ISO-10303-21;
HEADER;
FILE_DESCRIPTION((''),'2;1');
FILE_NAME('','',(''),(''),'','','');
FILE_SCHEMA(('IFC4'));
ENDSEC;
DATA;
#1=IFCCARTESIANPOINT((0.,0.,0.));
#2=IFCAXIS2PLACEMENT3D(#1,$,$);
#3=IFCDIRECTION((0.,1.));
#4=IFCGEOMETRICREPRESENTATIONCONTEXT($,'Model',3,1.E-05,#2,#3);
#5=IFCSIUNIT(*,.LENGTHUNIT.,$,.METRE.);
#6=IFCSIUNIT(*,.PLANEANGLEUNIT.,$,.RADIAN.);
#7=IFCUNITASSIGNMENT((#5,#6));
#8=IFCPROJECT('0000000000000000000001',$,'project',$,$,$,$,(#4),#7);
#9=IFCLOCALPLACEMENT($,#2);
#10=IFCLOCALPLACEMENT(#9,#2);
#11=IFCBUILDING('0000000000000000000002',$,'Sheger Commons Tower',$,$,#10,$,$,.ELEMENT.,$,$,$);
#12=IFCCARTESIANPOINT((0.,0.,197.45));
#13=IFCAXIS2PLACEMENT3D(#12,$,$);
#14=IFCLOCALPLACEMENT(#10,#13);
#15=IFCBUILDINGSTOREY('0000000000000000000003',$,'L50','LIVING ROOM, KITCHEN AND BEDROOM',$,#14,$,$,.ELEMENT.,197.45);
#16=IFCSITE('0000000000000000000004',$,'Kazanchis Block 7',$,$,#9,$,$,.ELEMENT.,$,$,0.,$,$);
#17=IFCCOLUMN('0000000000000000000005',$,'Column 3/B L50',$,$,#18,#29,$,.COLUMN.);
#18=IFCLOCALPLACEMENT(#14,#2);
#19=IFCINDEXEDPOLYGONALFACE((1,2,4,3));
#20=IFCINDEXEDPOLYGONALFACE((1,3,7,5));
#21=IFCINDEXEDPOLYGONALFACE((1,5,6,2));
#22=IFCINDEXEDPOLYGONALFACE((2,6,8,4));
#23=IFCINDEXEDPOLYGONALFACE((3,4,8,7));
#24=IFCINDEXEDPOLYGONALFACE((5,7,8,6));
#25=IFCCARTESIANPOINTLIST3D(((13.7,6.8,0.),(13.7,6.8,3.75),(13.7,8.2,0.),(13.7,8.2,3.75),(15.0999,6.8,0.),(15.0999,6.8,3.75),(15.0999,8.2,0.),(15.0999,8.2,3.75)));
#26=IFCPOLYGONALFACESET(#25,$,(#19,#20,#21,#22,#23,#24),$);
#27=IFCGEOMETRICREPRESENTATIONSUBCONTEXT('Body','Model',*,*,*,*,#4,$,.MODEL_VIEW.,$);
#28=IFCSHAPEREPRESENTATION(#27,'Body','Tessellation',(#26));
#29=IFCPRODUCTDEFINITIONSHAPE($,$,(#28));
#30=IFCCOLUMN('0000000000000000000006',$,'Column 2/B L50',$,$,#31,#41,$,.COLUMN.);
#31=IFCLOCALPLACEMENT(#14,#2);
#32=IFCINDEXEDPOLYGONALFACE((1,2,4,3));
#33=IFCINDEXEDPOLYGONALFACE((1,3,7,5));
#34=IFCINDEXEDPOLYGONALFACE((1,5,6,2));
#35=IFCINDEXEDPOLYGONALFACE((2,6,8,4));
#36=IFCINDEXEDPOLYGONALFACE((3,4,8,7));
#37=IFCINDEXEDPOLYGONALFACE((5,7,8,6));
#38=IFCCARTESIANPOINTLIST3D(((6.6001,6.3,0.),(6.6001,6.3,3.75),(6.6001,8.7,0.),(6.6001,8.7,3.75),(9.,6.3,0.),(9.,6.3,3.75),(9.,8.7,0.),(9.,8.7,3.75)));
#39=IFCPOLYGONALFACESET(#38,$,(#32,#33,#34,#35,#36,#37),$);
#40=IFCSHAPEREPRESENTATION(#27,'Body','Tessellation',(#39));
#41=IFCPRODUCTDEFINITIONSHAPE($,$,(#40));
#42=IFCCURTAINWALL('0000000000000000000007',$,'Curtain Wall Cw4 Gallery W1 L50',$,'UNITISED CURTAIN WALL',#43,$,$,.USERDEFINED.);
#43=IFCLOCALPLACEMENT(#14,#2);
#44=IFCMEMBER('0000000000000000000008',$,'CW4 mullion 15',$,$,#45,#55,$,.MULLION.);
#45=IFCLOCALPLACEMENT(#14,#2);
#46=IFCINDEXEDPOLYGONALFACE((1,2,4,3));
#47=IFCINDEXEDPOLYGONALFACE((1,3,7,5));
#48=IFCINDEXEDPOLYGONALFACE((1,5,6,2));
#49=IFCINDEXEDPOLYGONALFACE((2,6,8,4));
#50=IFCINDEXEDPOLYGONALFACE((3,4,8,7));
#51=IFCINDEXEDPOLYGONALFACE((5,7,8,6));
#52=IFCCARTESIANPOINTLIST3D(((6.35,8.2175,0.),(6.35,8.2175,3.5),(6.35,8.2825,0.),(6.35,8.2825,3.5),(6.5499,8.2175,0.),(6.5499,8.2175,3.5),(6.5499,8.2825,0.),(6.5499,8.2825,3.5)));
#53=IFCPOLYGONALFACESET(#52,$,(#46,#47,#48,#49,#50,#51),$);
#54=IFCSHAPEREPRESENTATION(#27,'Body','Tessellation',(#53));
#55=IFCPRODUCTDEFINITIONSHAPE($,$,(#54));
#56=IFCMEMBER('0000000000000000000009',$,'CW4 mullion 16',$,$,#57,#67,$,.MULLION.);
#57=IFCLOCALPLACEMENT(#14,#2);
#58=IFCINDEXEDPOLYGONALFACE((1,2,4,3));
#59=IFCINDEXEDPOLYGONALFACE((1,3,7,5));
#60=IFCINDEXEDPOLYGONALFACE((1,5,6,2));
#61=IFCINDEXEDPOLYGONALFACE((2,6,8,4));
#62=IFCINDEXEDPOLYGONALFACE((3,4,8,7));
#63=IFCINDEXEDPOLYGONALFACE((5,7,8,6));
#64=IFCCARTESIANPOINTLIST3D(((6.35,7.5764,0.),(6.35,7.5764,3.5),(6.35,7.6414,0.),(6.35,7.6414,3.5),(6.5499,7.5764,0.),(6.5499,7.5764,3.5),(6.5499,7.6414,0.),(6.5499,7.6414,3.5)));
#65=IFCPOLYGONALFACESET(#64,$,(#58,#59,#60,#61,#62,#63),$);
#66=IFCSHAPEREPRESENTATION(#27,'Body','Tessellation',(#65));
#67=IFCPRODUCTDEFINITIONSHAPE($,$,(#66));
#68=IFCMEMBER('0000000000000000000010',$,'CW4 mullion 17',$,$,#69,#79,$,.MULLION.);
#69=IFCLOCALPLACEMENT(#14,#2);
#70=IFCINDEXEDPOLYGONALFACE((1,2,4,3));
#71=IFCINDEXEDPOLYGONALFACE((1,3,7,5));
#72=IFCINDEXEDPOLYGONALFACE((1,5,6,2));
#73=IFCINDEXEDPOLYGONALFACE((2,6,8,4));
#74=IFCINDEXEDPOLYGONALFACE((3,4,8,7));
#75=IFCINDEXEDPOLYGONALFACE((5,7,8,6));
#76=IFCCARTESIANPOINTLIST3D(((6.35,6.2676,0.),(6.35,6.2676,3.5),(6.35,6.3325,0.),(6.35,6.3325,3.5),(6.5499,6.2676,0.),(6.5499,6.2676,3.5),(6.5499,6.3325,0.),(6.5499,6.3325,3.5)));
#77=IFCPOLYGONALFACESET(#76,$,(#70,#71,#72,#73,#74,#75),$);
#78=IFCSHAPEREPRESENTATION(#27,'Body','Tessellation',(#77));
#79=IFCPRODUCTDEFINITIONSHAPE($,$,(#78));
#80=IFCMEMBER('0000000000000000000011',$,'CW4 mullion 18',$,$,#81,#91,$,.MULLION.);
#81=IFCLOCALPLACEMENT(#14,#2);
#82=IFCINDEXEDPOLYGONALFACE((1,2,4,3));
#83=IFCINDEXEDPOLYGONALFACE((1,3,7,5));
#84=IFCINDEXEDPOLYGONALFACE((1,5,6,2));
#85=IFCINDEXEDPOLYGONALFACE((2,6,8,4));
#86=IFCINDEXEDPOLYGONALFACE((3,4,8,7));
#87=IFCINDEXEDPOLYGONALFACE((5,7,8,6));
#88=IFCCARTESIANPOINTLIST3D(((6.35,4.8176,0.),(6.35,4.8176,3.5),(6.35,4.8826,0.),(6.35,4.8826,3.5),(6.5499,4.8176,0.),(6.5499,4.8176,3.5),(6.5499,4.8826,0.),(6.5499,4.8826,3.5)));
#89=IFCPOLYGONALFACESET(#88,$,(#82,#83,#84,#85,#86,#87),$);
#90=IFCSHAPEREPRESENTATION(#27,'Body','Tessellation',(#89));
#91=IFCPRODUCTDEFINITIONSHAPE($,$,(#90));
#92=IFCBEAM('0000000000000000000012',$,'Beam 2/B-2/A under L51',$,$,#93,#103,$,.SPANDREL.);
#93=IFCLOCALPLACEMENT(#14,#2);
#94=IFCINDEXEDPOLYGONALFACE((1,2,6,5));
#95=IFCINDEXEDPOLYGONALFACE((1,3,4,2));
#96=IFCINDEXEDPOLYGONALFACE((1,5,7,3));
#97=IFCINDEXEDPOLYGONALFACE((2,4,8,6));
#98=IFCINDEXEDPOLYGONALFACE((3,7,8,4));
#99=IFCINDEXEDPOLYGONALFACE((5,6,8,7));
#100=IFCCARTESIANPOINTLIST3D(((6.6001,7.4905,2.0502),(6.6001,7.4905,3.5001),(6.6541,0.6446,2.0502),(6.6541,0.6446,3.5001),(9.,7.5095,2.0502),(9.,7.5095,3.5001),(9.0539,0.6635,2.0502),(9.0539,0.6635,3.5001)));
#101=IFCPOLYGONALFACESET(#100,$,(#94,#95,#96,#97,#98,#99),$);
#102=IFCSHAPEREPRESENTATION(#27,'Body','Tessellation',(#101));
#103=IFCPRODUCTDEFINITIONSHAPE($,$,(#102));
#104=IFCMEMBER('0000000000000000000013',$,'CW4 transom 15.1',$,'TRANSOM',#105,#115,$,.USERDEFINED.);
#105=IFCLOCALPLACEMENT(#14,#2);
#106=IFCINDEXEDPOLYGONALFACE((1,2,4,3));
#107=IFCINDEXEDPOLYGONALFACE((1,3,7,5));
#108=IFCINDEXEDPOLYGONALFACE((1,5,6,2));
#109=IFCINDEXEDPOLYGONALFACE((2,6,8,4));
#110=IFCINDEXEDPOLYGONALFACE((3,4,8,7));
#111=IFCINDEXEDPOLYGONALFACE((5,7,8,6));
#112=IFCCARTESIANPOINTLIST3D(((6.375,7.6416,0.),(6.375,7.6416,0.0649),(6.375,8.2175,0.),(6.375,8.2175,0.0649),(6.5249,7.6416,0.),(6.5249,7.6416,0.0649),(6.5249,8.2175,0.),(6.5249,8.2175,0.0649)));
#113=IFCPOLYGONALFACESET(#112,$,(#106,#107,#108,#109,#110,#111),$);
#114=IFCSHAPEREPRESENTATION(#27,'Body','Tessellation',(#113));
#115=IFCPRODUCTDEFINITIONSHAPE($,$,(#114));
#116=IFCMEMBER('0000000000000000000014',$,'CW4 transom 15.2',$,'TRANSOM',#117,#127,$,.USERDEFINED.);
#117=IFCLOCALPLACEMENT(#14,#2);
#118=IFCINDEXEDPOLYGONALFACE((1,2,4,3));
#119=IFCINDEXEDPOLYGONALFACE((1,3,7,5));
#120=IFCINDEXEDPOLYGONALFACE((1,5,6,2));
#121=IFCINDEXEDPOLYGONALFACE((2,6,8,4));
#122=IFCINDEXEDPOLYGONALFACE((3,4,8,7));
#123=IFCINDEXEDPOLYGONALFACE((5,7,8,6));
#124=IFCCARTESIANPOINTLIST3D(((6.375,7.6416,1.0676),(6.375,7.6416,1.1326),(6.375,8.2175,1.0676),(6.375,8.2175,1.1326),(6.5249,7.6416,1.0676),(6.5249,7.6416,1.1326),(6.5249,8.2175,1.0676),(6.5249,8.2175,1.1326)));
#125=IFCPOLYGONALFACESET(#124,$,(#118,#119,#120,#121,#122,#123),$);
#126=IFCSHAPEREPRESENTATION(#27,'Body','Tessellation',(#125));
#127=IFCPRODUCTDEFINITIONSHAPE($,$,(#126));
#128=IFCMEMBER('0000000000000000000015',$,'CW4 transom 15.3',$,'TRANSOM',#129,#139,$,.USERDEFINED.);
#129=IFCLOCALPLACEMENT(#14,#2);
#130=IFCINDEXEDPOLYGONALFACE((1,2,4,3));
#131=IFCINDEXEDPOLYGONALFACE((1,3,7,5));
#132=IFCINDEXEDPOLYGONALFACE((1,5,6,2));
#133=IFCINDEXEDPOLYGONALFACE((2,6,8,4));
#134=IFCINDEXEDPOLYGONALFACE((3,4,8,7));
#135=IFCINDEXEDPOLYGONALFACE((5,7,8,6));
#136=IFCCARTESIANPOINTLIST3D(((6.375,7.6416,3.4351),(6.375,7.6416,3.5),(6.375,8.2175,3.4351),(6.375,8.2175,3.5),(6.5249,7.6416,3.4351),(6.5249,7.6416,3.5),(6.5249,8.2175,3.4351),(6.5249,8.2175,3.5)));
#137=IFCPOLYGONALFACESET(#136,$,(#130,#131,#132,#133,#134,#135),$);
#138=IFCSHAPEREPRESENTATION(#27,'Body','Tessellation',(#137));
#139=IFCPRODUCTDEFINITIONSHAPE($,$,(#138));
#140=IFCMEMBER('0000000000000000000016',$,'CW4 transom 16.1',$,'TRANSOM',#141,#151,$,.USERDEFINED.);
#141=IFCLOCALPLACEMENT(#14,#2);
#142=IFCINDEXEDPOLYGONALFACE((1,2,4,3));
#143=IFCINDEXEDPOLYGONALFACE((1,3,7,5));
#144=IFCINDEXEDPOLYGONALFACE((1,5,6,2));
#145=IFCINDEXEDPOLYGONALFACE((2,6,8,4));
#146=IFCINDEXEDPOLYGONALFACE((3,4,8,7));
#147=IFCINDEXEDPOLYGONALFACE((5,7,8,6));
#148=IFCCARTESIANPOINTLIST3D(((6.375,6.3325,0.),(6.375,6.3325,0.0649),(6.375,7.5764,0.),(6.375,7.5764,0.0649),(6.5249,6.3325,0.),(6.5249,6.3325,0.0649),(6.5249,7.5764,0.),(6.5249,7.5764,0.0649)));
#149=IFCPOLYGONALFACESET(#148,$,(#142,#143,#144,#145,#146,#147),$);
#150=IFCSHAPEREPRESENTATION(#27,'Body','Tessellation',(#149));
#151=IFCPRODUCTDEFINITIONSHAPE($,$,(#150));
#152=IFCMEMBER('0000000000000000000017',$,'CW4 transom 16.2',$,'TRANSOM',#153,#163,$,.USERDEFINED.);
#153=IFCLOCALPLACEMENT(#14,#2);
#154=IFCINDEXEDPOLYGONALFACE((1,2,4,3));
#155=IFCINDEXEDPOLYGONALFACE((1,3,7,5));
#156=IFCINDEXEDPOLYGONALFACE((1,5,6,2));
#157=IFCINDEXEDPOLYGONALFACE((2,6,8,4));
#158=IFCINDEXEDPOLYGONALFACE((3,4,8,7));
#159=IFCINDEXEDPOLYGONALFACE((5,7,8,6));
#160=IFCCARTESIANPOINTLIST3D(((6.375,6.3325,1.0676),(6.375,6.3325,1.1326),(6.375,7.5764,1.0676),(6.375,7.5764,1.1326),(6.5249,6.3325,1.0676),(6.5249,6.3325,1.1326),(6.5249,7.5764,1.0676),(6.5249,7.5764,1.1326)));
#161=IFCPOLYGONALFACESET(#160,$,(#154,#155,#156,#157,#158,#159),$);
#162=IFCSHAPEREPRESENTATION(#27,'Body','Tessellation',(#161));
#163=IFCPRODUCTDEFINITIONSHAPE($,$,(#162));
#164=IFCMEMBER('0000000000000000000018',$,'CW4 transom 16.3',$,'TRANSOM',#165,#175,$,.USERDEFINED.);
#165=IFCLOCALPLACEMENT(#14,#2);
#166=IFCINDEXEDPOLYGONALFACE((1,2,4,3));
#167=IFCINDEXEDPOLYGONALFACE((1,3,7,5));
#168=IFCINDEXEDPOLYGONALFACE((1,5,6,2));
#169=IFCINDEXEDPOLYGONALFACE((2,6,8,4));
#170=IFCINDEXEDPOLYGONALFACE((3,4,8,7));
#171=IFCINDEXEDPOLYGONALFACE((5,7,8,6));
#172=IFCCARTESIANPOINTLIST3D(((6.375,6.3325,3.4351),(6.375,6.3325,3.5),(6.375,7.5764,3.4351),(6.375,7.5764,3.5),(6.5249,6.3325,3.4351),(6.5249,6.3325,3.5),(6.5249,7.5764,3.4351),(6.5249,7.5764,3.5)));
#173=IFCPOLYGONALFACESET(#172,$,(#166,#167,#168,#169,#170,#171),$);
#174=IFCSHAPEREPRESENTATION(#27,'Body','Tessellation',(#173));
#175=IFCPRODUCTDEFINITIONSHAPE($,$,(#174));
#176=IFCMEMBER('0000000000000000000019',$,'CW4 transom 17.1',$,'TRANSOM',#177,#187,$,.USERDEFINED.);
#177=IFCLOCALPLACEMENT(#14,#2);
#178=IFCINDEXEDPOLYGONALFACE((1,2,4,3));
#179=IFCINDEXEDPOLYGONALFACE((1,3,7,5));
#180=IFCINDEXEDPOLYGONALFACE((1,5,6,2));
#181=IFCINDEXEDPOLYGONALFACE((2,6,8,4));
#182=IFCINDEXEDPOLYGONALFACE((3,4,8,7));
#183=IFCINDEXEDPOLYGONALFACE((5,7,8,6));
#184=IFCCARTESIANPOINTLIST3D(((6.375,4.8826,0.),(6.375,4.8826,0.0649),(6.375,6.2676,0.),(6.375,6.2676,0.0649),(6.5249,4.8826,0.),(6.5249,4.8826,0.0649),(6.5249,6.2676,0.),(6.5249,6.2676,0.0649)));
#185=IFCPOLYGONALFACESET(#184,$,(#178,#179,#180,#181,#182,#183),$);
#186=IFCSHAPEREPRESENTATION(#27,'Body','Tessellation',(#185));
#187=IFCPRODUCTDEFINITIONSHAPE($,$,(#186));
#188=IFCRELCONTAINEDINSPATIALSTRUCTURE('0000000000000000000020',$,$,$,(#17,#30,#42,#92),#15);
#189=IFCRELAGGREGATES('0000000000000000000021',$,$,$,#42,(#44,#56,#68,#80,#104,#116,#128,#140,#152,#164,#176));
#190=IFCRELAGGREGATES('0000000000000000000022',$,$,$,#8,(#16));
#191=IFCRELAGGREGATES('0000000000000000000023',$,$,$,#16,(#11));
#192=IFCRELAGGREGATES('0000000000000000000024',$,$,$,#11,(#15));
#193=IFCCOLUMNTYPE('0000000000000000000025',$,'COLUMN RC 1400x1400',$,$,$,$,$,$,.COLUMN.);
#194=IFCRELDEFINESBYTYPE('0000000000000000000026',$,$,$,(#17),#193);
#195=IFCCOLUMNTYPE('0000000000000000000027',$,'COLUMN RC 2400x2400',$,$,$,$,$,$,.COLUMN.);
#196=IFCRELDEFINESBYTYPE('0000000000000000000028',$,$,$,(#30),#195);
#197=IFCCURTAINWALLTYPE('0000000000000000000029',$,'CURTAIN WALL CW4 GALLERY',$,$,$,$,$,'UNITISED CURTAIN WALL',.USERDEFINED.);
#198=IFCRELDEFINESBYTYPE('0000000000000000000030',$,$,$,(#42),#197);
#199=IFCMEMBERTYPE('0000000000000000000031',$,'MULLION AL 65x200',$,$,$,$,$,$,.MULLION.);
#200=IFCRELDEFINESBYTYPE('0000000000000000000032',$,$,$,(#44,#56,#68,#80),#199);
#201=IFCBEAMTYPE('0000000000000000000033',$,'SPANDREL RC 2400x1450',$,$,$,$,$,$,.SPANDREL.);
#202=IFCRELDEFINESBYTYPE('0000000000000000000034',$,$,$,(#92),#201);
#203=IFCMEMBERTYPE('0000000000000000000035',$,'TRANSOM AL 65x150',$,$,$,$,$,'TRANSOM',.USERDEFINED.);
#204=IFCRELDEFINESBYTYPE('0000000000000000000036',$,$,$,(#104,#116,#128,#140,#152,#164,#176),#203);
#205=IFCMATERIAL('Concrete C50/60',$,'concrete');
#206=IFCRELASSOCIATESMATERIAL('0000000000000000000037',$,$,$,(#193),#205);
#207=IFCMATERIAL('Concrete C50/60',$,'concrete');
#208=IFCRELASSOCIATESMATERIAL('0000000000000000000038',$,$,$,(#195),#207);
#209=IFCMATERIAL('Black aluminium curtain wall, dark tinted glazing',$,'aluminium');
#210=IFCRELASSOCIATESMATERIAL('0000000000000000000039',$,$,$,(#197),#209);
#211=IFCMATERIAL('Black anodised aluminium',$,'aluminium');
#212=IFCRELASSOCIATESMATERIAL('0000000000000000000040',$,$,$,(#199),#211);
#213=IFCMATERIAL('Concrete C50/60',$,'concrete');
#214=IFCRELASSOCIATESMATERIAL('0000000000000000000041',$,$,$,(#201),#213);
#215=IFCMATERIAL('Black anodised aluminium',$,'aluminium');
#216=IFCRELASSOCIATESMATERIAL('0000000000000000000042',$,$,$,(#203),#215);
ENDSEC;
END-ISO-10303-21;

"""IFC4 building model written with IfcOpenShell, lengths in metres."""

from ifc_helpers import new_model, si_unit, direction, frame, origin, origin_2d, place, context, subcontext, project, spatial, rectangle, extrude, material, material_profile, profile_set, type_object, element, aggregate, save


model = new_model("IFC4")

# Units and contexts
model_context = context("Model", 3, precision=1e-05, world=origin(), true_north=direction((0.0, 1.0)))
body_context = subcontext(model_context, "Body", "Model", "MODEL_VIEW")
ifc_project = project(units=[si_unit("LENGTHUNIT", "METRE"), si_unit("PLANEANGLEUNIT", "RADIAN")], contexts=[model_context])

# Site, building, storey
site_placement = place(None, origin())
site = spatial("IfcSite", under=ifc_project, at=site_placement, Name="Kazanchis Block 7", CompositionType="ELEMENT", RefElevation=0.0)
building_placement = place(site_placement, origin())
building = spatial("IfcBuilding", under=site, at=building_placement, Name="Sheger Commons Tower", CompositionType="ELEMENT")
storey_placement = place(building_placement, frame((0.0, 0.0, 197.45)))
storey = spatial("IfcBuildingStorey", under=building, at=storey_placement, Name="L50", Description="LIVING ROOM, KITCHEN AND BEDROOM", CompositionType="ELEMENT", Elevation=197.45)

# Columns
ifc_material_1 = material(Name="Concrete C50/60", Category="concrete")
ifc_material_profile_1 = material_profile(ifc_material_1, rectangle(XDim=1.3999, YDim=1.3999, at=origin_2d()), Name="RC 1400x1400")
ifc_profile_set_1 = profile_set([ifc_material_profile_1], Name="Concrete C50/60")
column_type_1 = type_object("IfcColumnType", Name="COLUMN RC 1400x1400", PredefinedType="COLUMN", material=ifc_profile_set_1)
column_1_placement = place(storey_placement, frame((14.3999, 7.5, 0.0), z_axis=(0.0, 0.0, 1.0), x_axis=(1.0, 0.0, 0.0)))
element("IfcColumn", 1, at=column_1_placement, inside=storey, type_object=column_type_1, Name="Column 3/B L50", PredefinedType="COLUMN", context=body_context, shape_type="SweptSolid", body=[
    extrude(rectangle(XDim=1.3999, YDim=1.3999, at=origin_2d()), origin(), (0.0, 0.0, 1.0), 3.75),
])
ifc_material_2 = material(Name="Concrete C50/60", Category="concrete")
ifc_material_profile_2 = material_profile(ifc_material_2, rectangle(XDim=2.3999, YDim=2.3999, at=origin_2d()), Name="RC 2400x2400")
ifc_profile_set_2 = profile_set([ifc_material_profile_2], Name="Concrete C50/60")
column_type_2 = type_object("IfcColumnType", Name="COLUMN RC 2400x2400", PredefinedType="COLUMN", material=ifc_profile_set_2)
column_2_placement = place(storey_placement, frame((7.8, 7.5, 0.0), z_axis=(0.0, 0.0, 1.0), x_axis=(1.0, 0.0, 0.0)))
element("IfcColumn", 2, at=column_2_placement, inside=storey, type_object=column_type_2, Name="Column 2/B L50", PredefinedType="COLUMN", context=body_context, shape_type="SweptSolid", body=[
    extrude(rectangle(XDim=2.3999, YDim=2.3999, at=origin_2d()), origin(), (0.0, 0.0, 1.0), 3.75),
])

# Curtain wall, members
ifc_material_3 = material(Name="Black aluminium curtain wall, dark tinted glazing", Category="aluminium")
curtain_wall_type = type_object("IfcCurtainWallType", Name="CURTAIN WALL CW4 GALLERY", ElementType="UNITISED CURTAIN WALL", PredefinedType="USERDEFINED", material=ifc_material_3)
curtain_wall_placement = place(storey_placement, origin())
curtain_wall = element("IfcCurtainWall", 3, at=curtain_wall_placement, inside=storey, type_object=curtain_wall_type, Name="Curtain Wall Cw4 Gallery W1 L50", ObjectType="UNITISED CURTAIN WALL", PredefinedType="USERDEFINED")
ifc_material_4 = material(Name="Black anodised aluminium", Category="aluminium")
ifc_material_profile_3 = material_profile(ifc_material_4, rectangle(XDim=0.2, YDim=0.0649, at=origin_2d()), Name="AL 65x200")
ifc_profile_set_3 = profile_set([ifc_material_profile_3], Name="Black anodised aluminium")
member_type_1 = type_object("IfcMemberType", Name="MULLION AL 65x200", PredefinedType="MULLION", material=ifc_profile_set_3)
member_1_placement = place(storey_placement, frame((6.45, 8.25, 0.0), z_axis=(0.0, 0.0, 1.0), x_axis=(1.0, 0.0, 0.0)))
member_1 = element("IfcMember", 4, at=member_1_placement, type_object=member_type_1, Name="CW4 mullion 15", PredefinedType="MULLION", context=body_context, shape_type="SweptSolid", body=[
    extrude(rectangle(XDim=0.2, YDim=0.0649, at=origin_2d()), origin(), (0.0, 0.0, 1.0), 3.5),
])
member_2_placement = place(storey_placement, frame((6.45, 7.6089, 0.0), z_axis=(0.0, 0.0, 1.0), x_axis=(1.0, 0.0, 0.0)))
member_2 = element("IfcMember", 5, at=member_2_placement, type_object=member_type_1, Name="CW4 mullion 16", PredefinedType="MULLION", context=body_context, shape_type="SweptSolid", body=[
    extrude(rectangle(XDim=0.2, YDim=0.0649, at=origin_2d()), origin(), (0.0, 0.0, 1.0), 3.5),
])
member_3_placement = place(storey_placement, frame((6.45, 6.3, 0.0), z_axis=(0.0, 0.0, 1.0), x_axis=(1.0, 0.0, 0.0)))
member_3 = element("IfcMember", 6, at=member_3_placement, type_object=member_type_1, Name="CW4 mullion 17", PredefinedType="MULLION", context=body_context, shape_type="SweptSolid", body=[
    extrude(rectangle(XDim=0.2, YDim=0.0649, at=origin_2d()), origin(), (0.0, 0.0, 1.0), 3.5),
])
member_4_placement = place(storey_placement, frame((6.45, 4.8501, 0.0), z_axis=(0.0, 0.0, 1.0), x_axis=(1.0, 0.0, 0.0)))
member_4 = element("IfcMember", 7, at=member_4_placement, type_object=member_type_1, Name="CW4 mullion 18", PredefinedType="MULLION", context=body_context, shape_type="SweptSolid", body=[
    extrude(rectangle(XDim=0.2, YDim=0.0649, at=origin_2d()), origin(), (0.0, 0.0, 1.0), 3.5),
])

# Beam
ifc_material_5 = material(Name="Concrete C50/60", Category="concrete")
ifc_material_profile_4 = material_profile(ifc_material_5, rectangle(XDim=2.3999, YDim=1.45, at=origin_2d()), Name="RC 2400x1450")
ifc_profile_set_4 = profile_set([ifc_material_profile_4], Name="Concrete C50/60")
beam_type = type_object("IfcBeamType", Name="SPANDREL RC 2400x1450", PredefinedType="SPANDREL", material=ifc_profile_set_4)
beam_placement = place(storey_placement, frame((7.8, 7.5, 2.7751), z_axis=(0.007881, -0.999969, 0.0), x_axis=(0.999969, 0.007881, 0.0)))
element("IfcBeam", 8, at=beam_placement, inside=storey, type_object=beam_type, Name="Beam 2/B-2/A under L51", PredefinedType="SPANDREL", context=body_context, shape_type="SweptSolid", body=[
    extrude(rectangle(XDim=2.3999, YDim=1.45, at=origin_2d()), origin(), (0.0, 0.0, 1.0), 6.8462),
])

# Members
ifc_material_6 = material(Name="Black anodised aluminium", Category="aluminium")
ifc_material_profile_5 = material_profile(ifc_material_6, rectangle(XDim=0.1499, YDim=0.0649, at=origin_2d()), Name="AL 65x150")
ifc_profile_set_5 = profile_set([ifc_material_profile_5], Name="Black anodised aluminium")
member_type_2 = type_object("IfcMemberType", Name="TRANSOM AL 65x150", ElementType="TRANSOM", PredefinedType="USERDEFINED", material=ifc_profile_set_5)
member_5_placement = place(storey_placement, frame((6.45, 8.2175, 0.0325), z_axis=(0.0, -1.0, 0.0), x_axis=(1.0, 0.0, 0.0)))
member_5 = element("IfcMember", 9, at=member_5_placement, type_object=member_type_2, Name="CW4 transom 15.1", ObjectType="TRANSOM", PredefinedType="USERDEFINED", context=body_context, shape_type="SweptSolid", body=[
    extrude(rectangle(XDim=0.1499, YDim=0.0649, at=origin_2d()), origin(), (0.0, 0.0, 1.0), 0.5759),
])
member_6_placement = place(storey_placement, frame((6.45, 8.2175, 1.1001), z_axis=(0.0, -1.0, 0.0), x_axis=(1.0, 0.0, 0.0)))
member_6 = element("IfcMember", 10, at=member_6_placement, type_object=member_type_2, Name="CW4 transom 15.2", ObjectType="TRANSOM", PredefinedType="USERDEFINED", context=body_context, shape_type="SweptSolid", body=[
    extrude(rectangle(XDim=0.1499, YDim=0.0649, at=origin_2d()), origin(), (0.0, 0.0, 1.0), 0.5759),
])
member_7_placement = place(storey_placement, frame((6.45, 8.2175, 3.4675), z_axis=(0.0, -1.0, 0.0), x_axis=(1.0, 0.0, 0.0)))
member_7 = element("IfcMember", 11, at=member_7_placement, type_object=member_type_2, Name="CW4 transom 15.3", ObjectType="TRANSOM", PredefinedType="USERDEFINED", context=body_context, shape_type="SweptSolid", body=[
    extrude(rectangle(XDim=0.1499, YDim=0.0649, at=origin_2d()), origin(), (0.0, 0.0, 1.0), 0.5759),
])
member_8_placement = place(storey_placement, frame((6.45, 7.5764, 0.0325), z_axis=(0.0, -1.0, 0.0), x_axis=(1.0, 0.0, 0.0)))
member_8 = element("IfcMember", 12, at=member_8_placement, type_object=member_type_2, Name="CW4 transom 16.1", ObjectType="TRANSOM", PredefinedType="USERDEFINED", context=body_context, shape_type="SweptSolid", body=[
    extrude(rectangle(XDim=0.1499, YDim=0.0649, at=origin_2d()), origin(), (0.0, 0.0, 1.0), 1.2439),
])
member_9_placement = place(storey_placement, frame((6.45, 7.5764, 1.1001), z_axis=(0.0, -1.0, 0.0), x_axis=(1.0, 0.0, 0.0)))
member_9 = element("IfcMember", 13, at=member_9_placement, type_object=member_type_2, Name="CW4 transom 16.2", ObjectType="TRANSOM", PredefinedType="USERDEFINED", context=body_context, shape_type="SweptSolid", body=[
    extrude(rectangle(XDim=0.1499, YDim=0.0649, at=origin_2d()), origin(), (0.0, 0.0, 1.0), 1.2439),
])
member_10_placement = place(storey_placement, frame((6.45, 7.5764, 3.4675), z_axis=(0.0, -1.0, 0.0), x_axis=(1.0, 0.0, 0.0)))
member_10 = element("IfcMember", 14, at=member_10_placement, type_object=member_type_2, Name="CW4 transom 16.3", ObjectType="TRANSOM", PredefinedType="USERDEFINED", context=body_context, shape_type="SweptSolid", body=[
    extrude(rectangle(XDim=0.1499, YDim=0.0649, at=origin_2d()), origin(), (0.0, 0.0, 1.0), 1.2439),
])
member_11_placement = place(storey_placement, frame((6.45, 6.2676, 0.0325), z_axis=(0.0, -1.0, 0.0), x_axis=(1.0, 0.0, 0.0)))
member_11 = element("IfcMember", 15, at=member_11_placement, type_object=member_type_2, Name="CW4 transom 17.1", ObjectType="TRANSOM", PredefinedType="USERDEFINED", context=body_context, shape_type="SweptSolid", body=[
    extrude(rectangle(XDim=0.1499, YDim=0.0649, at=origin_2d()), origin(), (0.0, 0.0, 1.0), 1.385),
])

aggregate(curtain_wall, [member_1, member_2, member_3, member_4, member_5, member_6, member_7, member_8, member_9, member_10, member_11])

save(model, "model.ifc")
